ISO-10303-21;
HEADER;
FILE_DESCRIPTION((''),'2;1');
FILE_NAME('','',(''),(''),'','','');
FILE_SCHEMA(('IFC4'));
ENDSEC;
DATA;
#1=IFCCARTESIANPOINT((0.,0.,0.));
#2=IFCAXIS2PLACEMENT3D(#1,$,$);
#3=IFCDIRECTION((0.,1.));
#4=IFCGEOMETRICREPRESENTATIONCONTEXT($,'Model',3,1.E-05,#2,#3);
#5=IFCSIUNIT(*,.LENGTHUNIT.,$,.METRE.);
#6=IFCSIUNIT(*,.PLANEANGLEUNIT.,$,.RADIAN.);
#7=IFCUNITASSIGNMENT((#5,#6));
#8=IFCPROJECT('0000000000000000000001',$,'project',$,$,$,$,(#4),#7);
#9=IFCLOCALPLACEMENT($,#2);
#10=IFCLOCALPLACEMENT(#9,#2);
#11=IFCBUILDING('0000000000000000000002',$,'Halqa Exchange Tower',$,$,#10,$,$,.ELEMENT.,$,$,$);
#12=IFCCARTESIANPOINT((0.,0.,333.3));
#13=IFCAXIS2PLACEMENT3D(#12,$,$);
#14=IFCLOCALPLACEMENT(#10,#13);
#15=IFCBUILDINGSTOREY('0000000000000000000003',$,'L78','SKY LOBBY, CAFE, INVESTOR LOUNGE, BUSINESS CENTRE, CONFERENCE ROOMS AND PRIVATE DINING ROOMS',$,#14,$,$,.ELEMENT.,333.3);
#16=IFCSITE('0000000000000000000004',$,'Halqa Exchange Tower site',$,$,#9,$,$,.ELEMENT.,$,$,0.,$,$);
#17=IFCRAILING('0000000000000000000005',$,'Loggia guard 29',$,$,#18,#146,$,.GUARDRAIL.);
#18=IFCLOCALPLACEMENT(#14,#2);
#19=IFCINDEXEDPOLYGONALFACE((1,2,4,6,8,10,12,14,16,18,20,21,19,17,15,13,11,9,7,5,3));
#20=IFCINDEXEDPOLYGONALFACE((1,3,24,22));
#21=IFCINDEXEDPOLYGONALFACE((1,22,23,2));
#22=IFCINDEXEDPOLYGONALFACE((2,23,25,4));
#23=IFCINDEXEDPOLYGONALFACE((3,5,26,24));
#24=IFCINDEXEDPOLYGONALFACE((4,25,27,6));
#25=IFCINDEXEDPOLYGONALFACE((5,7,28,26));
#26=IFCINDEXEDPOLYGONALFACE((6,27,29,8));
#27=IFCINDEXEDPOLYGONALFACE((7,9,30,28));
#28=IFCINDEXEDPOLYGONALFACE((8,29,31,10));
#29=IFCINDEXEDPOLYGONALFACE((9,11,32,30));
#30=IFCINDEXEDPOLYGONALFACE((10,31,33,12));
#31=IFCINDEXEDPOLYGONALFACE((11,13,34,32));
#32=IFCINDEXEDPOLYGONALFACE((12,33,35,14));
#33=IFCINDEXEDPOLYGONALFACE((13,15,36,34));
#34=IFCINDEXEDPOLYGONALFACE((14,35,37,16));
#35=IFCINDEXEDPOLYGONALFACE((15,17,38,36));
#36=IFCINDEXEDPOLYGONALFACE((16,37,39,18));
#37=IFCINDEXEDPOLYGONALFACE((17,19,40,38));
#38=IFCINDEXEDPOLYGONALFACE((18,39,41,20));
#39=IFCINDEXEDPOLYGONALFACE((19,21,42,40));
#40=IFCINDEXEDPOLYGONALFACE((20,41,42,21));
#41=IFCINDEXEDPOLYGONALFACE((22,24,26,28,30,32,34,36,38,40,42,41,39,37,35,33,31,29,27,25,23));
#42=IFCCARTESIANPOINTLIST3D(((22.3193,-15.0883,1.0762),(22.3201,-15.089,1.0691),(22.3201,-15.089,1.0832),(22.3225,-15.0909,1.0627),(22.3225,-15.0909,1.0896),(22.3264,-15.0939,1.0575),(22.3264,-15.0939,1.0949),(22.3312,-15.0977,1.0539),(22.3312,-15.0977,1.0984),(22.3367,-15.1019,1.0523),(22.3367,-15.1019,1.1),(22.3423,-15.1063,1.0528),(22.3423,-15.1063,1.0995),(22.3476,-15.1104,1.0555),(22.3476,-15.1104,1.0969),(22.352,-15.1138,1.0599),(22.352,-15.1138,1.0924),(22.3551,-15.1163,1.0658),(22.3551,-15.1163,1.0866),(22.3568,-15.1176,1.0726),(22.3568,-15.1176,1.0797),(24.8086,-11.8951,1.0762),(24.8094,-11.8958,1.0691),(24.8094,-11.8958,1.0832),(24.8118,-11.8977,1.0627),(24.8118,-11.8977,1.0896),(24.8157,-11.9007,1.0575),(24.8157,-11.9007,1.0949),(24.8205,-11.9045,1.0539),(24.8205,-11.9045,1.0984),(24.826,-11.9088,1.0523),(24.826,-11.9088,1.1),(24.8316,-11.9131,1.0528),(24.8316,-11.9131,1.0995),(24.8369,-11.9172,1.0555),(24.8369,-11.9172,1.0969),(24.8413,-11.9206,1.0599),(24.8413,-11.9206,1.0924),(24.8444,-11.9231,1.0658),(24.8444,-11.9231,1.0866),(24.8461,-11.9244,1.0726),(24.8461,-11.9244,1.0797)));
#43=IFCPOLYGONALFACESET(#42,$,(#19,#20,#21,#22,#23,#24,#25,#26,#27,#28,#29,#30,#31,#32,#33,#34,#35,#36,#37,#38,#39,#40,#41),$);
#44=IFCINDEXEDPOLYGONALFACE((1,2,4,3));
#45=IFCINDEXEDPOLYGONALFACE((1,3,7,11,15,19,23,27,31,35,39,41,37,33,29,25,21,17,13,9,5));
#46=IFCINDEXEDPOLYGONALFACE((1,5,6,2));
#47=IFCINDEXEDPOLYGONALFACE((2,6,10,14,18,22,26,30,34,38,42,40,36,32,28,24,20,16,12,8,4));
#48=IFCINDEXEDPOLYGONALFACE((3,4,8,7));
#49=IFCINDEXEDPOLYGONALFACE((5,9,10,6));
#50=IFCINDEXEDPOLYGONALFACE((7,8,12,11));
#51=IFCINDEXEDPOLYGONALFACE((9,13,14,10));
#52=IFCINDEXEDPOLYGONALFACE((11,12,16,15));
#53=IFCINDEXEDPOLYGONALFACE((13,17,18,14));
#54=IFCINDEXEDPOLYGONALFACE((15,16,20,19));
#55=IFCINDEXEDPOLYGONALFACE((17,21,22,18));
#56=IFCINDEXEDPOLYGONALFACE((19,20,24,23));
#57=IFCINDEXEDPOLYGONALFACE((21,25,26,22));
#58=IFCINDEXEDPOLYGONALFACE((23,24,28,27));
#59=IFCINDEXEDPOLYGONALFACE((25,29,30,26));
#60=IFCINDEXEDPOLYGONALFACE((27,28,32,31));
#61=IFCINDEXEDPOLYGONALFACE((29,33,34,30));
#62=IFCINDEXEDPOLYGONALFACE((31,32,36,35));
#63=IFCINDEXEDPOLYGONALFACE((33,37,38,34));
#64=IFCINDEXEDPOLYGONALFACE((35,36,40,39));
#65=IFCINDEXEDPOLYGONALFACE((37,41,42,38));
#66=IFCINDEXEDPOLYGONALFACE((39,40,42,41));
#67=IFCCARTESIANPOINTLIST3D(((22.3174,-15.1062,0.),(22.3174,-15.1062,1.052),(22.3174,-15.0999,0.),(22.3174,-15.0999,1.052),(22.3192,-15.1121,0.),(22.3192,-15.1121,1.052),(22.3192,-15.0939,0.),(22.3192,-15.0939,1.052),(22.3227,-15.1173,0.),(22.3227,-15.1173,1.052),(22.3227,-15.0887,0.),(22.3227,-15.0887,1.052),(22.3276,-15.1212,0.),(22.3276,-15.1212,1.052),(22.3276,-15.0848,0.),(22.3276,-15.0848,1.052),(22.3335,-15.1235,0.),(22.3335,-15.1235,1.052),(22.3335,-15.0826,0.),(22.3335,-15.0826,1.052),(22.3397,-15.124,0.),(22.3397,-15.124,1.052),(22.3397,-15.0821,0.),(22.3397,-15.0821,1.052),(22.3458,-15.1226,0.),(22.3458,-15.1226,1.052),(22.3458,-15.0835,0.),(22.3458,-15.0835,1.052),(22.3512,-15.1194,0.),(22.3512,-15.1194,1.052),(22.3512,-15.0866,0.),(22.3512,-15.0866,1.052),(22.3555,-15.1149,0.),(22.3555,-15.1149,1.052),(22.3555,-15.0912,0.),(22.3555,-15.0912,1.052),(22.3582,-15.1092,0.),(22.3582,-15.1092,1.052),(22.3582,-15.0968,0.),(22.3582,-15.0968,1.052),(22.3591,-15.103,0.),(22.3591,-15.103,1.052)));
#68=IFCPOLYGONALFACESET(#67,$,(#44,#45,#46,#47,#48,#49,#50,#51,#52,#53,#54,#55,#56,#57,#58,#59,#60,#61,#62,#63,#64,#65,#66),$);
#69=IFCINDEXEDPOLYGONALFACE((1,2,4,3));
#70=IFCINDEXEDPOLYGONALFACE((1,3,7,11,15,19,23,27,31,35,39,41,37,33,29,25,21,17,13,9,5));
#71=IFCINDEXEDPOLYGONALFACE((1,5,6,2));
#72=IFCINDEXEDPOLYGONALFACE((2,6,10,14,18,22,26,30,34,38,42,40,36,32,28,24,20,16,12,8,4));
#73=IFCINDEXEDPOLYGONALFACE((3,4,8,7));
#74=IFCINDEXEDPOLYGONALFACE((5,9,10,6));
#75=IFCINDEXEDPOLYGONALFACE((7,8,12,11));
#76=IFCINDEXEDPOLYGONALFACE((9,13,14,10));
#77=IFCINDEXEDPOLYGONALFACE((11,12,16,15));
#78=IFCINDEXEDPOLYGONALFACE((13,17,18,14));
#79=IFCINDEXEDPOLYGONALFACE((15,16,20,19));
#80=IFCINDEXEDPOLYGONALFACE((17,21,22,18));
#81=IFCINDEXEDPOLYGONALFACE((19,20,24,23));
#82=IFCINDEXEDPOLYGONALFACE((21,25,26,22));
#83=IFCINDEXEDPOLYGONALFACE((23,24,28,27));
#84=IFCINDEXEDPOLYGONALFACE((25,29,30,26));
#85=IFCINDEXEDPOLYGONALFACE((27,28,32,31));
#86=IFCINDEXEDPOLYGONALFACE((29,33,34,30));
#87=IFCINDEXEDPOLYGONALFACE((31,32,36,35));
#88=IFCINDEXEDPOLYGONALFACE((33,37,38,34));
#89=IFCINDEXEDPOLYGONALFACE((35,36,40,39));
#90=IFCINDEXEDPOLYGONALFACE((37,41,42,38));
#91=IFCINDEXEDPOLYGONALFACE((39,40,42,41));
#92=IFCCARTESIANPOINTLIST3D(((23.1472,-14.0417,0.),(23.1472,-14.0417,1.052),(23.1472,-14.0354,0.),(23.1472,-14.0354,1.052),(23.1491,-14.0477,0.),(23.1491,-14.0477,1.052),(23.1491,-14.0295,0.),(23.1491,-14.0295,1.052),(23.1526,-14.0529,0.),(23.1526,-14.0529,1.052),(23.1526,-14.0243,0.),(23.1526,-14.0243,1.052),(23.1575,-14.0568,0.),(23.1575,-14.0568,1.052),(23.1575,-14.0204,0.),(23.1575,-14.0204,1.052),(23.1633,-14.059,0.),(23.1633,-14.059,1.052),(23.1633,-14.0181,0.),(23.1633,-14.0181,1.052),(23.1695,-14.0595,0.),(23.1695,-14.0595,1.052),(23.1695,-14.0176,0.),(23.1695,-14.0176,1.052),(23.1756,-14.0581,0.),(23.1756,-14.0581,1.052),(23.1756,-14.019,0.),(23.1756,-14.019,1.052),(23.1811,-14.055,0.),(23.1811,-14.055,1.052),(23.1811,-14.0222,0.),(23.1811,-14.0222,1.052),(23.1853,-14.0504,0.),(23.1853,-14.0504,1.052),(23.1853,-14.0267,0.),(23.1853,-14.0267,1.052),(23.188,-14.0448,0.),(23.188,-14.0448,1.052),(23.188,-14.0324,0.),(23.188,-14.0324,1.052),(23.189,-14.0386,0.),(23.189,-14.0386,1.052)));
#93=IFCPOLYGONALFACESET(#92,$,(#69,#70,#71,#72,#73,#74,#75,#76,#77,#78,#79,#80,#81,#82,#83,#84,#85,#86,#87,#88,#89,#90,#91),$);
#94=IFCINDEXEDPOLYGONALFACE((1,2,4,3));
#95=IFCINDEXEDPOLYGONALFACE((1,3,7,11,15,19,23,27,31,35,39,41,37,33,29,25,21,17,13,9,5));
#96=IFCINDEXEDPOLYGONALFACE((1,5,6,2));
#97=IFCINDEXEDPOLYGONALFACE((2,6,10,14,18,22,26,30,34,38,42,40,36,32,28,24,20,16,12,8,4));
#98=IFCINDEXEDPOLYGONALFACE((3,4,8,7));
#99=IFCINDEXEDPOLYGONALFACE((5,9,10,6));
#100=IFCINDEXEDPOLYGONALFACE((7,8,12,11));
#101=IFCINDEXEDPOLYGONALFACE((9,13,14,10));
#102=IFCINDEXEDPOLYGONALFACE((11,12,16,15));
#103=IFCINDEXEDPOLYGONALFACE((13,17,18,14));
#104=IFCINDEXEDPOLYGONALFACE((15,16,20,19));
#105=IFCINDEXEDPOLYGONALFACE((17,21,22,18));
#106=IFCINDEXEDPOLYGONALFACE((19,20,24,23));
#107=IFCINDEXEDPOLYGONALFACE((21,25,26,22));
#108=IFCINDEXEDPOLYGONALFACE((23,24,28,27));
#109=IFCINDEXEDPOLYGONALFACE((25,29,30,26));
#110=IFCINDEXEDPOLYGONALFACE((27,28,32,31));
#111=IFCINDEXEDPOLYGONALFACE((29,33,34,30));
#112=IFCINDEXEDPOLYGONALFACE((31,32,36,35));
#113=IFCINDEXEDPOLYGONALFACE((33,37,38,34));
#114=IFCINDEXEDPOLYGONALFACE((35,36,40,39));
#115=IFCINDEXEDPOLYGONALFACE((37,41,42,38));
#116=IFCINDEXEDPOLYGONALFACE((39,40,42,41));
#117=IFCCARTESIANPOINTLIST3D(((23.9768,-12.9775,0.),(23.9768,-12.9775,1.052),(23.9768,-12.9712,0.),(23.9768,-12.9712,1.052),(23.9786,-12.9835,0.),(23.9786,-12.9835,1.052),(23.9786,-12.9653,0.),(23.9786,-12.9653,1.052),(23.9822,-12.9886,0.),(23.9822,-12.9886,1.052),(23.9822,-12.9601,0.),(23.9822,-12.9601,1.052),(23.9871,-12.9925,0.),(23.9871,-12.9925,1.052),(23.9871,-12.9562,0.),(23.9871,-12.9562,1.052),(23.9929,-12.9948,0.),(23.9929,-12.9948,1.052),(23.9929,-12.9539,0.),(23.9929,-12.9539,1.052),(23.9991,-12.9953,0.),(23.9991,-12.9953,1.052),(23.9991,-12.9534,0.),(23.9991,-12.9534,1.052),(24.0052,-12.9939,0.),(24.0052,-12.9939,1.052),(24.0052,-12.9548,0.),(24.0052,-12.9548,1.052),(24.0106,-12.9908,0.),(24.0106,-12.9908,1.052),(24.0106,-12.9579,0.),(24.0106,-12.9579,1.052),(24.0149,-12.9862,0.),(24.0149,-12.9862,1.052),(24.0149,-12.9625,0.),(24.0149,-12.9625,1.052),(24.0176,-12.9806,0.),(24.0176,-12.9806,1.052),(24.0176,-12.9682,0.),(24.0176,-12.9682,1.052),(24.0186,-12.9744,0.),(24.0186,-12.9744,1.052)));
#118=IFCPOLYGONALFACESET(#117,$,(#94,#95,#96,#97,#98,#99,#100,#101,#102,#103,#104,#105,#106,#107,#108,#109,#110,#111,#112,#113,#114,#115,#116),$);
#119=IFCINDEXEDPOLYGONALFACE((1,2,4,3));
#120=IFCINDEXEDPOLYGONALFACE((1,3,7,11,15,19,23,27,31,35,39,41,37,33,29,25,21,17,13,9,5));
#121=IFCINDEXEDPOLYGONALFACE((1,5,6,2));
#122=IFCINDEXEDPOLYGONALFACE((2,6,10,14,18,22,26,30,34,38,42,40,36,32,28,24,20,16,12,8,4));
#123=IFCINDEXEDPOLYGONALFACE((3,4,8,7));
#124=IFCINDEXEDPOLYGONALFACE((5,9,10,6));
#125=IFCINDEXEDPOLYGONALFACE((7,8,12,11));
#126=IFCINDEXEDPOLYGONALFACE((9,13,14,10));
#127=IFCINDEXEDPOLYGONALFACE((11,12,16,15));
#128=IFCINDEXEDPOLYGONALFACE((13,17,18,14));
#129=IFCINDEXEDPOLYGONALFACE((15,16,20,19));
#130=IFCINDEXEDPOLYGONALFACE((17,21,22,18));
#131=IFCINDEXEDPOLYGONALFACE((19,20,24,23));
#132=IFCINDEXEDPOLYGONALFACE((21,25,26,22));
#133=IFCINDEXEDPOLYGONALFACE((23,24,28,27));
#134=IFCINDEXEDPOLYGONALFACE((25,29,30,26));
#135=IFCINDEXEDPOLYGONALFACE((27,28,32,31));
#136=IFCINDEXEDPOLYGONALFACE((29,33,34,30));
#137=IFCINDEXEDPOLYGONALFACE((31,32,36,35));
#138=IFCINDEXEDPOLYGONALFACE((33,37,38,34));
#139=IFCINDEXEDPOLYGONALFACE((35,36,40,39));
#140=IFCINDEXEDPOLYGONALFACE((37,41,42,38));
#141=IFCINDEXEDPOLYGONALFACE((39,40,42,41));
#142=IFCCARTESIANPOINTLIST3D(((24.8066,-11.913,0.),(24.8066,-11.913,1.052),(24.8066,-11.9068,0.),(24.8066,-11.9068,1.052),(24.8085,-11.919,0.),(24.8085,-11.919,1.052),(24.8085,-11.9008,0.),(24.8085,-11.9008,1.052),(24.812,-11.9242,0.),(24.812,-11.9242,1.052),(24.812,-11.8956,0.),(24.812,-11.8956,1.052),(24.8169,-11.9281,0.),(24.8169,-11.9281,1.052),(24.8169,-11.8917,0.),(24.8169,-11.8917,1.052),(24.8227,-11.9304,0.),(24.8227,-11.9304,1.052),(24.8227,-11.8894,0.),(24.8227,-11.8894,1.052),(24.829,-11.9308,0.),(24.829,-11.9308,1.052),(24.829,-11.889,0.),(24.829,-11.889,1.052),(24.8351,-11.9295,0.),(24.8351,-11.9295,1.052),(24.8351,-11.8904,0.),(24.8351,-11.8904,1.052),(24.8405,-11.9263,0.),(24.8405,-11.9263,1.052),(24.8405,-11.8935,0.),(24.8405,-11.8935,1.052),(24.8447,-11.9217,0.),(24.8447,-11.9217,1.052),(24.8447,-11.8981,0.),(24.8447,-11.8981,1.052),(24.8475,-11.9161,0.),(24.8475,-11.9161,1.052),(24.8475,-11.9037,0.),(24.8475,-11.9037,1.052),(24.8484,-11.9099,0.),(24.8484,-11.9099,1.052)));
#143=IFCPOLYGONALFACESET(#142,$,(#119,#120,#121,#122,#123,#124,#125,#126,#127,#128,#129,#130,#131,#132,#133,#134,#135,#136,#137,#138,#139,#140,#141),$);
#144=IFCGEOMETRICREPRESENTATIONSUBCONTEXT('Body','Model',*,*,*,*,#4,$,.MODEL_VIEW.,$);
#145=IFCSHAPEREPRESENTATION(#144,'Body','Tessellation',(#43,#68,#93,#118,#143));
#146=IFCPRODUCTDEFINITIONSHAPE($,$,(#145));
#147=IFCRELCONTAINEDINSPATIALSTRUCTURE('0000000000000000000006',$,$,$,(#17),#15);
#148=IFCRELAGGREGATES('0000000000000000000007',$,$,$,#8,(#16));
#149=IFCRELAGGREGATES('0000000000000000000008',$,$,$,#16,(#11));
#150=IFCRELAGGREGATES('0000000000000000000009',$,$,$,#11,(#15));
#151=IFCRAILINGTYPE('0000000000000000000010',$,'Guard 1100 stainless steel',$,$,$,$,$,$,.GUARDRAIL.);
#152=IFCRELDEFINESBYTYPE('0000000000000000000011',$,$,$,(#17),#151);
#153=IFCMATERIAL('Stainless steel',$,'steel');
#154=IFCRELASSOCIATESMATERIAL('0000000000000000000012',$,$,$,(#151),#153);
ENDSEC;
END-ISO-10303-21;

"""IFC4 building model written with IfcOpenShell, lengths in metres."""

from ifc_helpers import new_model, si_unit, direction, frame, origin, origin_2d, place, context, subcontext, project, spatial, circle, extrude, material, type_object, element, save


model = new_model("IFC4")

# Units and contexts
model_context = context("Model", 3, precision=1e-05, world=origin(), true_north=direction((0.0, 1.0)))
body_context = subcontext(model_context, "Body", "Model", "MODEL_VIEW")
ifc_project = project(units=[si_unit("LENGTHUNIT", "METRE"), si_unit("PLANEANGLEUNIT", "RADIAN")], contexts=[model_context])

# Site, building, storey
site_placement = place(None, origin())
site = spatial("IfcSite", under=ifc_project, at=site_placement, Name="Halqa Exchange Tower site", CompositionType="ELEMENT", RefElevation=0.0)
building_placement = place(site_placement, origin())
building = spatial("IfcBuilding", under=site, at=building_placement, Name="Halqa Exchange Tower", CompositionType="ELEMENT")
storey_placement = place(building_placement, frame((0.0, 0.0, 333.3)))
storey = spatial("IfcBuildingStorey", under=building, at=storey_placement, Name="L78", Description="SKY LOBBY, CAFE, INVESTOR LOUNGE, BUSINESS CENTRE, CONFERENCE ROOMS AND PRIVATE DINING ROOMS", CompositionType="ELEMENT", Elevation=333.3)

# Railing
ifc_material_1 = material(Name="Stainless steel", Category="steel")
railing_type = type_object("IfcRailingType", Name="Guard 1100 stainless steel", PredefinedType="GUARDRAIL", material=ifc_material_1)
railing_1_placement = place(storey_placement, frame((22.3381, -15.103, 0.0)))
element("IfcRailing", 1, at=railing_1_placement, inside=storey, type_object=railing_type, Name="Loggia guard 29", PredefinedType="GUARDRAIL", context=body_context, shape_type="SweptSolid", body=[
    extrude(circle(Radius=0.0239, at=origin_2d()), frame((0.0, 0.0, 1.0762), z_axis=(0.614821, 0.788667, 0.0), x_axis=(-0.788667, 0.614821, 0.0)), (0.0, 0.0, 1.0), 4.0488),
    extrude(circle(Radius=0.021, at=origin_2d()), origin(), (0.0, 0.0, 1.0), 1.052),
    extrude(circle(Radius=0.021, at=origin_2d()), frame((0.8298, 1.0645, 0.0)), (0.0, 0.0, 1.0), 1.052),
    extrude(circle(Radius=0.021, at=origin_2d()), frame((1.6594, 2.1287, 0.0)), (0.0, 0.0, 1.0), 1.052),
    extrude(circle(Radius=0.021, at=origin_2d()), frame((2.4893, 3.1931, 0.0)), (0.0, 0.0, 1.0), 1.052),
])

save(model, "model.ifc")
